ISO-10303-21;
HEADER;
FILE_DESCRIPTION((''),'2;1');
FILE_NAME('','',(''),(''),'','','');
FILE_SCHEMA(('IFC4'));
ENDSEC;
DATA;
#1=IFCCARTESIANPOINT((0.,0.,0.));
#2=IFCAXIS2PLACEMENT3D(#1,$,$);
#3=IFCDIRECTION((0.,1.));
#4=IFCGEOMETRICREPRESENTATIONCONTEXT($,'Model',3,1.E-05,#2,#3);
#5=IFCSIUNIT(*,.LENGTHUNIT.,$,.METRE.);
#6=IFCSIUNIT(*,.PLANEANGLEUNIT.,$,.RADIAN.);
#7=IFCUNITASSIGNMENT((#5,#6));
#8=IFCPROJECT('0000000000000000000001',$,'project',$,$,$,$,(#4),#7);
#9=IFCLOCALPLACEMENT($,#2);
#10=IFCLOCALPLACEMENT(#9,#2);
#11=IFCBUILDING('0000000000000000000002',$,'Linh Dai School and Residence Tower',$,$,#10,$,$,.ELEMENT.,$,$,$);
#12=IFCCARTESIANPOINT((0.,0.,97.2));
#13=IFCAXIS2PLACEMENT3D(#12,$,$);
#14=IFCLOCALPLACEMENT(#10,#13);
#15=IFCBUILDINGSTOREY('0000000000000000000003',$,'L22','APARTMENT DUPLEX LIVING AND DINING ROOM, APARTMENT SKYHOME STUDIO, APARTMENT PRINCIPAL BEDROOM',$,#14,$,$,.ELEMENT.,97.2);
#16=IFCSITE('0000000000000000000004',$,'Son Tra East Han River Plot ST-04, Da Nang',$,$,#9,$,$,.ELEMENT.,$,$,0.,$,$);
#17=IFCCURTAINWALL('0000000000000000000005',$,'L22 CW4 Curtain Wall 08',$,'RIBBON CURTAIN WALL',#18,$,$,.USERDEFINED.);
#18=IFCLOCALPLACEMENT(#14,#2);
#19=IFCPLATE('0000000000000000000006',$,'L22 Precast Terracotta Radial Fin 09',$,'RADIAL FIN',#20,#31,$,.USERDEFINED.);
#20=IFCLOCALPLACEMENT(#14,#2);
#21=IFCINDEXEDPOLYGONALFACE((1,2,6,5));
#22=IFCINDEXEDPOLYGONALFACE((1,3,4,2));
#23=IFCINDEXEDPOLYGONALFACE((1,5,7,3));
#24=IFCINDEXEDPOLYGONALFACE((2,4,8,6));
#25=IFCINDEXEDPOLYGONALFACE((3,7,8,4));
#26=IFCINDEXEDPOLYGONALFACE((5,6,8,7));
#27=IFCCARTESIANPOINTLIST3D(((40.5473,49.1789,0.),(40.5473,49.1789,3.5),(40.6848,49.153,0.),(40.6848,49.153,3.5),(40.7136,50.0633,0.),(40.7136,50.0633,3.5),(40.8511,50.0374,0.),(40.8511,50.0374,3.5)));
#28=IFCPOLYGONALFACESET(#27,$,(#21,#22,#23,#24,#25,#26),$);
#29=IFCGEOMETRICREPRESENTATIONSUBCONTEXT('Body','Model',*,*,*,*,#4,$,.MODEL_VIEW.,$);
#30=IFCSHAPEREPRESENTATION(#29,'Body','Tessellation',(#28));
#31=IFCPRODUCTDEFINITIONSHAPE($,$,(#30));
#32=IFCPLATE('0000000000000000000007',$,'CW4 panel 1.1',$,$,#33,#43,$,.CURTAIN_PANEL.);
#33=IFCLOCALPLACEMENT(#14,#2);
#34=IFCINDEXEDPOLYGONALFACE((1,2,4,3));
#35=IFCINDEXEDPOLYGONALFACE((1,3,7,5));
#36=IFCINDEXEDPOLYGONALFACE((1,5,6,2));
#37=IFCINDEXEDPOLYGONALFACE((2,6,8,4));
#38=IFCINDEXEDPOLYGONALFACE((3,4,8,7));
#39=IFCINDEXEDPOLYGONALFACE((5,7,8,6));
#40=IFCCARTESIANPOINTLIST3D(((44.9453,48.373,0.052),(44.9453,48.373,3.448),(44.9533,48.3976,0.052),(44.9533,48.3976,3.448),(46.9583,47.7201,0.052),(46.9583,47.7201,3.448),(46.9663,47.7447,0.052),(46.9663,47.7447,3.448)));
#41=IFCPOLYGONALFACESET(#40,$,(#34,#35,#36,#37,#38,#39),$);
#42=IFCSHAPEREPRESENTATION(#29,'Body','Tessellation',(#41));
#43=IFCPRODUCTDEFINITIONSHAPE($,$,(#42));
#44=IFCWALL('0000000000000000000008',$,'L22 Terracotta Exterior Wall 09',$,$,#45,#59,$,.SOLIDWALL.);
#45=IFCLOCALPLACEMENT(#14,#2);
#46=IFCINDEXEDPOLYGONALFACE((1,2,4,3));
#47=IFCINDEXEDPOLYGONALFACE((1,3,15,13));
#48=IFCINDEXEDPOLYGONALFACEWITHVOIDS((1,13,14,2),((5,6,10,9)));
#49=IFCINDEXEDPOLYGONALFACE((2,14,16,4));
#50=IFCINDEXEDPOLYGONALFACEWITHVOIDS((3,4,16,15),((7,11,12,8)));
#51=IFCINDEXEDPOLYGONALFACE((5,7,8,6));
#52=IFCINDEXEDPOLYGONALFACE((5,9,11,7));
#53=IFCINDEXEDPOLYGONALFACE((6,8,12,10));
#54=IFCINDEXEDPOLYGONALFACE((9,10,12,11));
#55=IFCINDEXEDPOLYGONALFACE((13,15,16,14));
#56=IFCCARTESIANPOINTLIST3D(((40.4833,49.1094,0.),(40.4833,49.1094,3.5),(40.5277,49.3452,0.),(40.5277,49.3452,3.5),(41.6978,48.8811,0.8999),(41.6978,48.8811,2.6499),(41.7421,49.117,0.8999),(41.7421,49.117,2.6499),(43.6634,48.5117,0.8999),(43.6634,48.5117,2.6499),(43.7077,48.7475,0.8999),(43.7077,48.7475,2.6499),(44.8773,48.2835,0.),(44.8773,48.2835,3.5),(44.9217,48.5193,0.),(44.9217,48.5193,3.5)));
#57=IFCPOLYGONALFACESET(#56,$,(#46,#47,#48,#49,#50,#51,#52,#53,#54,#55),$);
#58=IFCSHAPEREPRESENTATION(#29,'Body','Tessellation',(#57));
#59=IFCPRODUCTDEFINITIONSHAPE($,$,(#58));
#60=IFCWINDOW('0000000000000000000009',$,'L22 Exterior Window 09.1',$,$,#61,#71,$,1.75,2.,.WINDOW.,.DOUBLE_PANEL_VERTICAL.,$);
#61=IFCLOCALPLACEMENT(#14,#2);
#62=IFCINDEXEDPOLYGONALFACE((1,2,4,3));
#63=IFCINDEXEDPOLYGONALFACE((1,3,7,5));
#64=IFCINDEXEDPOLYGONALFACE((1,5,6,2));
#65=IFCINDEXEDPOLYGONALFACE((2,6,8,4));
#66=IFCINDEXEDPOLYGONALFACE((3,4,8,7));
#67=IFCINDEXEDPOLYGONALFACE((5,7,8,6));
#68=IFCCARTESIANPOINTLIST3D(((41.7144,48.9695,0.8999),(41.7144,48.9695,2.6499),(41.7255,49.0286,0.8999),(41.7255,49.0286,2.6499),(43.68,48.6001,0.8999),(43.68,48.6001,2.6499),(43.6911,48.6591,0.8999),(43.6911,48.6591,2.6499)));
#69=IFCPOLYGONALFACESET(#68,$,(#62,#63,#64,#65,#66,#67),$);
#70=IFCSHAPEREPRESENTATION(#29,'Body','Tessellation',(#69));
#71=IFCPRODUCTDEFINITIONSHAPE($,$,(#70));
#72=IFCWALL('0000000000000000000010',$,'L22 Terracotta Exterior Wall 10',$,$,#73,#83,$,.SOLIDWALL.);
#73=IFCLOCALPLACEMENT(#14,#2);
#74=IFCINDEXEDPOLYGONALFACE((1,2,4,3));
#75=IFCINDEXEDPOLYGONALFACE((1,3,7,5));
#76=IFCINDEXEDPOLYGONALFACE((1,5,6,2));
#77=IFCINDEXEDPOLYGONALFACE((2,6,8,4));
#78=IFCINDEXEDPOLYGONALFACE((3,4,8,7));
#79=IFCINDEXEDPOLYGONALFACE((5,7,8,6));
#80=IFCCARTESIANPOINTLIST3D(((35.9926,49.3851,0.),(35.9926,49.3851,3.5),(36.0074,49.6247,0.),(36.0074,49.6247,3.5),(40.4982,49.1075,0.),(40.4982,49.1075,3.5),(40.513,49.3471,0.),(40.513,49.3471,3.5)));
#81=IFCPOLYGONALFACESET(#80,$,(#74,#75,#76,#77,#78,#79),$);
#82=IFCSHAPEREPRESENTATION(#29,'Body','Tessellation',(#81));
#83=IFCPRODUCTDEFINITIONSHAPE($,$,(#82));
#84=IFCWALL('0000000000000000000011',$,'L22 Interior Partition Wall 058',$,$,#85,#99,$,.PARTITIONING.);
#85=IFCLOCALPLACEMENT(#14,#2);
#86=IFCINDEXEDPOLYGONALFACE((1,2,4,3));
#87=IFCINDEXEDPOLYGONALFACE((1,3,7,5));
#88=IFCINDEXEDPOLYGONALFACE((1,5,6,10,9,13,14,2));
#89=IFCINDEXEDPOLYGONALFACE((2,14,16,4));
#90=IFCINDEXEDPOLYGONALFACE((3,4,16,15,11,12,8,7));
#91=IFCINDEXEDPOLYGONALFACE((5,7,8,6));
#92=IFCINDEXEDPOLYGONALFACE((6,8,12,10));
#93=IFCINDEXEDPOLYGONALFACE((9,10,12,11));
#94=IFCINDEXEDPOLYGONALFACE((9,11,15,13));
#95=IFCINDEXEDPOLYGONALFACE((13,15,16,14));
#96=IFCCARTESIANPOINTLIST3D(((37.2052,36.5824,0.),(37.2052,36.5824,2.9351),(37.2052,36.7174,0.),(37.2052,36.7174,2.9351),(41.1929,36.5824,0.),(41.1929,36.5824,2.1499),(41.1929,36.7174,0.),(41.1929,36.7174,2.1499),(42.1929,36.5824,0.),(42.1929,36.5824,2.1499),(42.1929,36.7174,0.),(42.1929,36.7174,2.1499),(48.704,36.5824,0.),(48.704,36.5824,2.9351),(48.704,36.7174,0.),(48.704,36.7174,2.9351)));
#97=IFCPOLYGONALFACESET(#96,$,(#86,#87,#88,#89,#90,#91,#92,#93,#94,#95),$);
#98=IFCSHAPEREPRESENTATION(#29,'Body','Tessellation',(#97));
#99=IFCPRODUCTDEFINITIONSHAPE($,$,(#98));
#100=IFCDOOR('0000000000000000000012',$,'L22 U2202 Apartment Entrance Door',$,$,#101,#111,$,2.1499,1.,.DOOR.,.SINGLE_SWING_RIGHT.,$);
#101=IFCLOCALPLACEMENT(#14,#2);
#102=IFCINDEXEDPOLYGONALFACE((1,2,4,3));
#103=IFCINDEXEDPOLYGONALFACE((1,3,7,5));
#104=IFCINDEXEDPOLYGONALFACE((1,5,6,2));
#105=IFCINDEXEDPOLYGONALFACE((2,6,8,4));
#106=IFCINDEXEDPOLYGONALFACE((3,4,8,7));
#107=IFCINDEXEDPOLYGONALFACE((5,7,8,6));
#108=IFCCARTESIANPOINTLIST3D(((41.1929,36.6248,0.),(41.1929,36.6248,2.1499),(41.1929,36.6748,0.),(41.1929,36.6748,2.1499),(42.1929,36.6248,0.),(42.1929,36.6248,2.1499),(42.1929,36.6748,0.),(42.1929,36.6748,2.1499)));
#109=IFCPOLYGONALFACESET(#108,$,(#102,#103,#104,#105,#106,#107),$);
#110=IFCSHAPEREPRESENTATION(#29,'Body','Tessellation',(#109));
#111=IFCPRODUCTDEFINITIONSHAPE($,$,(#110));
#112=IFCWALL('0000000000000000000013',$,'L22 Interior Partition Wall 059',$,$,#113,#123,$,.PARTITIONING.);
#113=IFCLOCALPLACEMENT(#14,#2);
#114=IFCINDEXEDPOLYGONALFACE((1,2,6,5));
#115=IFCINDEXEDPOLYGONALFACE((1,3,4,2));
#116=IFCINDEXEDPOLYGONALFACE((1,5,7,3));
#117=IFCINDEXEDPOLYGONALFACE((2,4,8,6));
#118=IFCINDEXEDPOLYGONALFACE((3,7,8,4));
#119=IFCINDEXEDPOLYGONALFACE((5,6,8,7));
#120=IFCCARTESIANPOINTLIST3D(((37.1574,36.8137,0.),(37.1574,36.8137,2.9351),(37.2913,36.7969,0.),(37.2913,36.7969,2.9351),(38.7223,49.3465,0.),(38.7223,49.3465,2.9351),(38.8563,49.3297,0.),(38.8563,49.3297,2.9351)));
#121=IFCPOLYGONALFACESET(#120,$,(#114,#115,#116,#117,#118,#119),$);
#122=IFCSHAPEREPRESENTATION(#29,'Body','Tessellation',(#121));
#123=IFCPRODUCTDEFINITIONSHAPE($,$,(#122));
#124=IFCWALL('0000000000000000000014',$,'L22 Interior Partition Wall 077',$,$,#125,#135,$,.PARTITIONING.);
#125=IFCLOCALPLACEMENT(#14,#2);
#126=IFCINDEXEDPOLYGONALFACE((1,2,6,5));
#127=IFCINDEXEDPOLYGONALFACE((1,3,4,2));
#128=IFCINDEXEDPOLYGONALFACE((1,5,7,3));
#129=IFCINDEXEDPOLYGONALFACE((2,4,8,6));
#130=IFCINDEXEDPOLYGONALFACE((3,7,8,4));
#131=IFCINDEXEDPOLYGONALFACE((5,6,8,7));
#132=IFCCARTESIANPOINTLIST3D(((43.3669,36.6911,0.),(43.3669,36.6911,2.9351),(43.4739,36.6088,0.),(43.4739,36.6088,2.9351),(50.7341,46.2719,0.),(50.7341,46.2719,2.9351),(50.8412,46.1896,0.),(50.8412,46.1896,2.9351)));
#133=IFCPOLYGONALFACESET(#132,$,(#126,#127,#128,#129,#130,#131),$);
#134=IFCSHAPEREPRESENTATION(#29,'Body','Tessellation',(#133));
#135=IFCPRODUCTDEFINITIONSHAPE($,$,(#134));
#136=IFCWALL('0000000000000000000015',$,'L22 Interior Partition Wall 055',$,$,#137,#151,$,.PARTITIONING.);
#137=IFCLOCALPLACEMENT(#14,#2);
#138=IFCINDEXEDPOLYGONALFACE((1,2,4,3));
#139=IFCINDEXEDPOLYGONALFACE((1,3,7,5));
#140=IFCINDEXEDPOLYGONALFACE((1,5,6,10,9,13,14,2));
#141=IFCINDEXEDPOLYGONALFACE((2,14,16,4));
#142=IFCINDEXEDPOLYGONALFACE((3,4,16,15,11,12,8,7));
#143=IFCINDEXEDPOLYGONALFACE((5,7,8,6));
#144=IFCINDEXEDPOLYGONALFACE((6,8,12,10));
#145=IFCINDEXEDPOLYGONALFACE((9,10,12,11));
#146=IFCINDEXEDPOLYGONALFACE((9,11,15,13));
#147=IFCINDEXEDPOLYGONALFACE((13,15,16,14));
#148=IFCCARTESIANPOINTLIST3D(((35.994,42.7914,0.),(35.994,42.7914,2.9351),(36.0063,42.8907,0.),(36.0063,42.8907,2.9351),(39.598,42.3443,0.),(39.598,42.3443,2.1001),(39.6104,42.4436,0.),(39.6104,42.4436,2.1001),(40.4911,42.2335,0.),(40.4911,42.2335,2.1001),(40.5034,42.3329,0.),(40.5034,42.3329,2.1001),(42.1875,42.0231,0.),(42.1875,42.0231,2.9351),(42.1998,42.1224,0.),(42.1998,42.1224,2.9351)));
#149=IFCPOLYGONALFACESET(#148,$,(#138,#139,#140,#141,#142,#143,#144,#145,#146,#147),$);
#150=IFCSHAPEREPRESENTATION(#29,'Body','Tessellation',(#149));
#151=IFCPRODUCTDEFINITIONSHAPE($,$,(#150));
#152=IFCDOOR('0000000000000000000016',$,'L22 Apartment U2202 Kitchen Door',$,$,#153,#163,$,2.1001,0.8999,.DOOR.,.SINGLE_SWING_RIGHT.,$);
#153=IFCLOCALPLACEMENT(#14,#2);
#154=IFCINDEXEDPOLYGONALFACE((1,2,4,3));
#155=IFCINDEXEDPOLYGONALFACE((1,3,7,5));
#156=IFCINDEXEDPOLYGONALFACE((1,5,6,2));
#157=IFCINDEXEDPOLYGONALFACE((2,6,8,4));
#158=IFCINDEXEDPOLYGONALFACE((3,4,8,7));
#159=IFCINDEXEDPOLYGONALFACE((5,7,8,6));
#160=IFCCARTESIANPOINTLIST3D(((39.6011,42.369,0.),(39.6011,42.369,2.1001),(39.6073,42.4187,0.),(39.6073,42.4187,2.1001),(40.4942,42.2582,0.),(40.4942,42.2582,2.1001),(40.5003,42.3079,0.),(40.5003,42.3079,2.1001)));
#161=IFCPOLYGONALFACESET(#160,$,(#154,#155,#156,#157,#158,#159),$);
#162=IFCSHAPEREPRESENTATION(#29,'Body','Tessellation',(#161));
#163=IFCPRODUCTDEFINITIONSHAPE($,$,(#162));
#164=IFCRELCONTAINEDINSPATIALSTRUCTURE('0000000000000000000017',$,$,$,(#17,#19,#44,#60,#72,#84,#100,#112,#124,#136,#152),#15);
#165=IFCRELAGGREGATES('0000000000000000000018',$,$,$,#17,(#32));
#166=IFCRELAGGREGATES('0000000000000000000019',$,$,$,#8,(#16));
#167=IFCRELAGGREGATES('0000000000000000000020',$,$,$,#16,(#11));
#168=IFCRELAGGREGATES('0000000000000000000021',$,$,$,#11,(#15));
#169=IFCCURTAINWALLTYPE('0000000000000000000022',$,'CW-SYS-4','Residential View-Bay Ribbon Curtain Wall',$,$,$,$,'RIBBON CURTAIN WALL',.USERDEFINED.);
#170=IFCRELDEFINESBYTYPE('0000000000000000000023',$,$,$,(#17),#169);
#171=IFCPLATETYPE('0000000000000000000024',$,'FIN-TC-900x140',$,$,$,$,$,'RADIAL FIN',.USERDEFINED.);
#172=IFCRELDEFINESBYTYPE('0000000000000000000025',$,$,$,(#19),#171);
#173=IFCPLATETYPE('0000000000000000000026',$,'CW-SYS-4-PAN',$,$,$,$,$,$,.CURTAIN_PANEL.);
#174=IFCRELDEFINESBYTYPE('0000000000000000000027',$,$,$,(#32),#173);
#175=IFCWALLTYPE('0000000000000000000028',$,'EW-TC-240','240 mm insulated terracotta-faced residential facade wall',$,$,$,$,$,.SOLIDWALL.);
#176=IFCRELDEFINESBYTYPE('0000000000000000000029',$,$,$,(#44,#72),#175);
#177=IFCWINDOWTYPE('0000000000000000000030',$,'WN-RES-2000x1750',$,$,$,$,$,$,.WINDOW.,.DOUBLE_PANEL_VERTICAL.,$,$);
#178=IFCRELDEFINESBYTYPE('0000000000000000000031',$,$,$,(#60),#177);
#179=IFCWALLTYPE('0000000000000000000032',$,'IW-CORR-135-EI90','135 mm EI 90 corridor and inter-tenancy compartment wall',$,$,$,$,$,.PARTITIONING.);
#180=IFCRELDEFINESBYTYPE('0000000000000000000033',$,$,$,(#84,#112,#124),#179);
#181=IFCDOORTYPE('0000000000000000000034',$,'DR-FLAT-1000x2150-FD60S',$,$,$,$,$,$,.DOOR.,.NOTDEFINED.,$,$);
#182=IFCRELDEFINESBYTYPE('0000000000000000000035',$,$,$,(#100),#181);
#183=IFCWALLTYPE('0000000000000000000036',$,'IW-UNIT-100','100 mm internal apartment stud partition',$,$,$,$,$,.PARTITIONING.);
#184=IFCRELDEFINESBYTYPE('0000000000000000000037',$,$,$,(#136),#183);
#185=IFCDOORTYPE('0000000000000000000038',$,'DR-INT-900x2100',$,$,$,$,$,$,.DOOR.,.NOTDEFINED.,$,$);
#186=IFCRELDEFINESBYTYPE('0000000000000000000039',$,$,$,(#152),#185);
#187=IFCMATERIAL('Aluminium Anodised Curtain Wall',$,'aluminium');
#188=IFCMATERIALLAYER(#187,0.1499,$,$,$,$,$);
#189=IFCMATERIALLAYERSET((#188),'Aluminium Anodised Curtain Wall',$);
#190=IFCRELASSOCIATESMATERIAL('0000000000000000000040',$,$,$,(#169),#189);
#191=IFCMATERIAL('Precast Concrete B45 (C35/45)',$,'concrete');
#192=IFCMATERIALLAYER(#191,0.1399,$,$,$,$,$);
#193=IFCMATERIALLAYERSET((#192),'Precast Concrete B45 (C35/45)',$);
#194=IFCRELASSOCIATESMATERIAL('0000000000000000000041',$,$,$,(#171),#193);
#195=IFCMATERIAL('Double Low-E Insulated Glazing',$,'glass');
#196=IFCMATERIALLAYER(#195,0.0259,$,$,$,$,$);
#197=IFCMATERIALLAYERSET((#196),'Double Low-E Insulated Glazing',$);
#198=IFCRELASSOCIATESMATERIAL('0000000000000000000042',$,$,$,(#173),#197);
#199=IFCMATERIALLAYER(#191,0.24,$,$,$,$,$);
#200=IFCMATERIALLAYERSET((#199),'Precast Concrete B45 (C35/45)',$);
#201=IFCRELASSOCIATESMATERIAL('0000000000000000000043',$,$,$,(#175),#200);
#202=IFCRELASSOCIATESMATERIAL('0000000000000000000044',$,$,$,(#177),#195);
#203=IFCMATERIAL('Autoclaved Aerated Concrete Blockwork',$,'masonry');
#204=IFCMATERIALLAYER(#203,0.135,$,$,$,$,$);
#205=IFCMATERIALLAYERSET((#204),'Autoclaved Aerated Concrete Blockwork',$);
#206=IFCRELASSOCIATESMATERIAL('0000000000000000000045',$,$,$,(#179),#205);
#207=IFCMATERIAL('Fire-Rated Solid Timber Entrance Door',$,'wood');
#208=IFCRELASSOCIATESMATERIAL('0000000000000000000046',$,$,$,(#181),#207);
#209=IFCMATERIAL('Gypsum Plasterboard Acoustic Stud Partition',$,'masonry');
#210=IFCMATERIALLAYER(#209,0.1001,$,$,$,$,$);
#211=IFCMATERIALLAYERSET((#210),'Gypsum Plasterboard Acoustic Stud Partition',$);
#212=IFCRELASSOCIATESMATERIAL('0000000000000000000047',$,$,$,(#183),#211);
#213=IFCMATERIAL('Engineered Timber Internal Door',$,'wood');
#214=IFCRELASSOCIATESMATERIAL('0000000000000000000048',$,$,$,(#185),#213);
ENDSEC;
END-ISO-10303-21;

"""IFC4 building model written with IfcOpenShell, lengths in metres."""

from ifc_helpers import new_model, si_unit, direction, frame, frame_2d, origin, origin_2d, place, context, subcontext, project, spatial, rectangle, extrude, source, transform, mapped, material, layer, layer_set, type_object, element, fill, aggregate, save


model = new_model("IFC4")

# Units and contexts
model_context = context("Model", 3, precision=1e-05, world=origin(), true_north=direction((0.0, 1.0)))
body_context = subcontext(model_context, "Body", "Model", "MODEL_VIEW")
ifc_project = project(units=[si_unit("LENGTHUNIT", "METRE"), si_unit("PLANEANGLEUNIT", "RADIAN")], contexts=[model_context])

# Site, building, storey
site_placement = place(None, origin())
site = spatial("IfcSite", under=ifc_project, at=site_placement, Name="Son Tra East Han River Plot ST-04, Da Nang", CompositionType="ELEMENT", RefElevation=0.0)
building_placement = place(site_placement, origin())
building = spatial("IfcBuilding", under=site, at=building_placement, Name="Linh Dai School and Residence Tower", CompositionType="ELEMENT")
storey_placement = place(building_placement, frame((0.0, 0.0, 97.2)))
storey = spatial("IfcBuildingStorey", under=building, at=storey_placement, Name="L22", Description="APARTMENT DUPLEX LIVING AND DINING ROOM, APARTMENT SKYHOME STUDIO, APARTMENT PRINCIPAL BEDROOM", CompositionType="ELEMENT", Elevation=97.2)

# Curtain wall
ifc_material_1 = material(Name="Aluminium Anodised Curtain Wall", Category="aluminium")
ifc_layer_1 = layer(ifc_material_1, 0.1499)
ifc_layer_set_1 = layer_set([ifc_layer_1], Name="Aluminium Anodised Curtain Wall")
curtain_wall_type = type_object("IfcCurtainWallType", Name="CW-SYS-4", Description="Residential View-Bay Ribbon Curtain Wall", ElementType="RIBBON CURTAIN WALL", PredefinedType="USERDEFINED", material=ifc_layer_set_1)
curtain_wall_placement = place(storey_placement, origin())
curtain_wall = element("IfcCurtainWall", 1, at=curtain_wall_placement, inside=storey, type_object=curtain_wall_type, Name="L22 CW4 Curtain Wall 08", ObjectType="RIBBON CURTAIN WALL", PredefinedType="USERDEFINED")

# Plate
ifc_material_2 = material(Name="Precast Concrete B45 (C35/45)", Category="concrete")
ifc_layer_2 = layer(ifc_material_2, 0.1399)
ifc_layer_set_2 = layer_set([ifc_layer_2], Name="Precast Concrete B45 (C35/45)")
plate_type_1 = type_object("IfcPlateType", Name="FIN-TC-900x140", ElementType="RADIAL FIN", PredefinedType="USERDEFINED", material=ifc_layer_set_2)
shared_shape_1 = source(origin(), body_context, "Body", "SweptSolid", [
    extrude(rectangle(XDim=0.8999, YDim=0.1399, at=origin_2d()), origin(), (0.0, 0.0, 1.0), 3.5),
])
plate_1_placement = place(storey_placement, frame((40.6992, 49.6082, 0.0), z_axis=(0.0, 0.0, 1.0), x_axis=(0.184755, 0.982785, 0.0)))
element("IfcPlate", 2, at=plate_1_placement, inside=storey, type_object=plate_type_1, Name="L22 Precast Terracotta Radial Fin 09", ObjectType="RADIAL FIN", PredefinedType="USERDEFINED", context=body_context, shape_type="MappedRepresentation", body=[
    mapped(shared_shape_1, transform((0.0, 0.0, 0.0), x_axis=(1.0, 0.0, 0.0), y_axis=(0.0, 1.0, 0.0), z_axis=(0.0, 0.0, 1.0), scale=1.0)),
])

# Plate
ifc_material_3 = material(Name="Double Low-E Insulated Glazing", Category="glass")
ifc_layer_3 = layer(ifc_material_3, 0.0259)
ifc_layer_set_3 = layer_set([ifc_layer_3], Name="Double Low-E Insulated Glazing")
plate_type_2 = type_object("IfcPlateType", Name="CW-SYS-4-PAN", PredefinedType="CURTAIN_PANEL", material=ifc_layer_set_3)
shared_shape_2 = source(origin(), body_context, "Body", "SweptSolid", [
    extrude(rectangle(XDim=2.1162, YDim=0.0259, at=origin_2d()), origin(), (0.0, 0.0, 1.0), 3.396),
])
plate_2_placement = place(storey_placement, frame((45.9558, 48.0588, 0.052), z_axis=(0.0, 0.0, 1.0), x_axis=(0.951217, -0.308522, 0.0)))
plate_2 = element("IfcPlate", 3, at=plate_2_placement, type_object=plate_type_2, Name="CW4 panel 1.1", PredefinedType="CURTAIN_PANEL", context=body_context, shape_type="MappedRepresentation", body=[
    mapped(shared_shape_2, transform((0.0, 0.0, 0.0), x_axis=(1.0, 0.0, 0.0), y_axis=(0.0, 1.0, 0.0), z_axis=(0.0, 0.0, 1.0), scale=1.0)),
])
aggregate(curtain_wall, [plate_2])

# Wall, opening, window
ifc_layer_4 = layer(ifc_material_2, 0.24)
ifc_layer_set_4 = layer_set([ifc_layer_4], Name="Precast Concrete B45 (C35/45)")
wall_type_1 = type_object("IfcWallType", Name="EW-TC-240", Description="240 mm insulated terracotta-faced residential facade wall", PredefinedType="SOLIDWALL", material=ifc_layer_set_4)
wall_1_placement = place(storey_placement, frame((40.5056, 49.2273, 0.0), z_axis=(0.0, 0.0, 1.0), x_axis=(0.982789, -0.18473, 0.0)))
wall_1 = element("IfcWall", 4, at=wall_1_placement, inside=storey, type_object=wall_type_1, Name="L22 Terracotta Exterior Wall 09", PredefinedType="SOLIDWALL", context=body_context, shape_type="SweptSolid", body=[
    extrude(rectangle(XDim=4.4709, YDim=0.24, at=frame_2d((2.2354, 0.0))), origin(), (0.0, 0.0, 1.0), 3.5),
])
opening_1_placement = place(wall_1_placement, frame((1.2356, 0.0, 0.8999)))
opening_1 = element("IfcOpeningElement", 5, at=opening_1_placement, cuts=wall_1, PredefinedType="OPENING", context=body_context, shape_type="SweptSolid", body=[
    extrude(rectangle(XDim=2.0, YDim=1.75, at=origin_2d()), frame((1.0, 0.1299, 0.875), z_axis=(0.0, -1.0, 0.0), x_axis=(1.0, 0.0, 0.0)), (0.0, 0.0, 1.0), 0.26),
])
window_type = type_object("IfcWindowType", Name="WN-RES-2000x1750", PartitioningType="DOUBLE_PANEL_VERTICAL", PredefinedType="WINDOW", material=ifc_material_3)
shared_shape_3 = source(origin(), body_context, "Body", "SweptSolid", [
    extrude(rectangle(XDim=2.0, YDim=1.75, at=origin_2d()), frame((1.0, 0.03, 0.875), z_axis=(0.0, -1.0, 0.0), x_axis=(1.0, 0.0, 0.0)), (0.0, 0.0, 1.0), 0.0601),
])
window_placement = place(opening_1_placement, origin())
window = element("IfcWindow", 6, at=window_placement, inside=storey, type_object=window_type, Name="L22 Exterior Window 09.1", OverallHeight=1.75, OverallWidth=2.0, PartitioningType="DOUBLE_PANEL_VERTICAL", PredefinedType="WINDOW", context=body_context, shape_type="MappedRepresentation", body=[
    mapped(shared_shape_3, transform((0.0, 0.0, 0.0), x_axis=(1.0, 0.0, 0.0), y_axis=(0.0, 1.0, 0.0), z_axis=(0.0, 0.0, 1.0), scale=1.0)),
])
fill(opening_1, window)

# Wall
wall_2_placement = place(storey_placement, frame((36.0, 49.5049, 0.0), z_axis=(0.0, 0.0, 1.0), x_axis=(0.998108, -0.061493, 0.0)))
element("IfcWall", 7, at=wall_2_placement, inside=storey, type_object=wall_type_1, Name="L22 Terracotta Exterior Wall 10", PredefinedType="SOLIDWALL", context=body_context, shape_type="SweptSolid", body=[
    extrude(rectangle(XDim=4.5142, YDim=0.24, at=frame_2d((2.2571, 0.0))), origin(), (0.0, 0.0, 1.0), 3.5),
])

# Wall, opening, door
ifc_material_4 = material(Name="Autoclaved Aerated Concrete Blockwork", Category="masonry")
ifc_layer_5 = layer(ifc_material_4, 0.135)
ifc_layer_set_5 = layer_set([ifc_layer_5], Name="Autoclaved Aerated Concrete Blockwork")
wall_type_2 = type_object("IfcWallType", Name="IW-CORR-135-EI90", Description="135 mm EI 90 corridor and inter-tenancy compartment wall", PredefinedType="PARTITIONING", material=ifc_layer_set_5)
wall_3_placement = place(storey_placement, frame((37.2051, 36.6499, 0.0), z_axis=(0.0, 0.0, 1.0), x_axis=(1.0, 0.0, 0.0)))
wall_3 = element("IfcWall", 8, at=wall_3_placement, inside=storey, type_object=wall_type_2, Name="L22 Interior Partition Wall 058", PredefinedType="PARTITIONING", context=body_context, shape_type="SweptSolid", body=[
    extrude(rectangle(XDim=11.4988, YDim=0.135, at=frame_2d((5.7495, 0.0))), origin(), (0.0, 0.0, 1.0), 2.9351),
])
opening_2_placement = place(wall_3_placement, frame((3.9878, 0.0, 0.0)))
opening_2 = element("IfcOpeningElement", 9, at=opening_2_placement, cuts=wall_3, PredefinedType="OPENING", context=body_context, shape_type="SweptSolid", body=[
    extrude(rectangle(XDim=1.0, YDim=2.1499, at=origin_2d()), frame((0.5, 0.0776, 1.075), z_axis=(0.0, -1.0, 0.0), x_axis=(1.0, 0.0, 0.0)), (0.0, 0.0, 1.0), 0.155),
])
ifc_material_5 = material(Name="Fire-Rated Solid Timber Entrance Door", Category="wood")
door_type_1 = type_object("IfcDoorType", Name="DR-FLAT-1000x2150-FD60S", OperationType="NOTDEFINED", PredefinedType="DOOR", material=ifc_material_5)
shared_shape_4 = source(origin(), body_context, "Body", "SweptSolid", [
    extrude(rectangle(XDim=1.0, YDim=2.1499, at=origin_2d()), frame((0.5, 0.0249, 1.075), z_axis=(0.0, -1.0, 0.0), x_axis=(1.0, 0.0, 0.0)), (0.0, 0.0, 1.0), 0.05),
])
door_1_placement = place(opening_2_placement, origin())
door_1 = element("IfcDoor", 10, at=door_1_placement, inside=storey, type_object=door_type_1, Name="L22 U2202 Apartment Entrance Door", OperationType="SINGLE_SWING_RIGHT", OverallHeight=2.1499, OverallWidth=1.0, PredefinedType="DOOR", context=body_context, shape_type="MappedRepresentation", body=[
    mapped(shared_shape_4, transform((0.0, 0.0, 0.0), x_axis=(1.0, 0.0, 0.0), y_axis=(0.0, 1.0, 0.0), z_axis=(0.0, 0.0, 1.0), scale=1.0)),
])
fill(opening_2, door_1)

# Walls
wall_4_placement = place(storey_placement, frame((37.2244, 36.8054, 0.0), z_axis=(0.0, 0.0, 1.0), x_axis=(0.123906, 0.992294, 0.0)))
element("IfcWall", 11, at=wall_4_placement, inside=storey, type_object=wall_type_2, Name="L22 Interior Partition Wall 059", PredefinedType="PARTITIONING", context=body_context, shape_type="SweptSolid", body=[
    extrude(rectangle(XDim=12.6301, YDim=0.135, at=frame_2d((6.3149, 0.0))), origin(), (0.0, 0.0, 1.0), 2.9351),
])
wall_5_placement = place(storey_placement, frame((43.4204, 36.6499, 0.0), z_axis=(0.0, 0.0, 1.0), x_axis=(0.609572, 0.792731, 0.0)))
element("IfcWall", 12, at=wall_5_placement, inside=storey, type_object=wall_type_2, Name="L22 Interior Partition Wall 077", PredefinedType="PARTITIONING", context=body_context, shape_type="SweptSolid", body=[
    extrude(rectangle(XDim=12.0859, YDim=0.135, at=frame_2d((6.043, 0.0))), origin(), (0.0, 0.0, 1.0), 2.9351),
])

# Wall, opening, door
ifc_material_6 = material(Name="Gypsum Plasterboard Acoustic Stud Partition", Category="masonry")
ifc_layer_6 = layer(ifc_material_6, 0.1001)
ifc_layer_set_6 = layer_set([ifc_layer_6], Name="Gypsum Plasterboard Acoustic Stud Partition")
wall_type_3 = type_object("IfcWallType", Name="IW-UNIT-100", Description="100 mm internal apartment stud partition", PredefinedType="PARTITIONING", material=ifc_layer_set_6)
wall_6_placement = place(storey_placement, frame((36.0, 42.8411, 0.0), z_axis=(0.0, 0.0, 1.0), x_axis=(0.992394, -0.123105, 0.0)))
wall_6 = element("IfcWall", 13, at=wall_6_placement, inside=storey, type_object=wall_type_3, Name="L22 Interior Partition Wall 055", PredefinedType="PARTITIONING", context=body_context, shape_type="SweptSolid", body=[
    extrude(rectangle(XDim=6.241, YDim=0.1001, at=frame_2d((3.1206, 0.0))), origin(), (0.0, 0.0, 1.0), 2.9351),
])
opening_3_placement = place(wall_6_placement, frame((3.6318, 0.0, 0.0)))
opening_3 = element("IfcOpeningElement", 14, at=opening_3_placement, cuts=wall_6, PredefinedType="OPENING", context=body_context, shape_type="SweptSolid", body=[
    extrude(rectangle(XDim=0.8999, YDim=2.1001, at=origin_2d()), frame((0.45, 0.0601, 1.05), z_axis=(0.0, -1.0, 0.0), x_axis=(1.0, 0.0, 0.0)), (0.0, 0.0, 1.0), 0.1201),
])
ifc_material_7 = material(Name="Engineered Timber Internal Door", Category="wood")
door_type_2 = type_object("IfcDoorType", Name="DR-INT-900x2100", OperationType="NOTDEFINED", PredefinedType="DOOR", material=ifc_material_7)
shared_shape_5 = source(origin(), body_context, "Body", "SweptSolid", [
    extrude(rectangle(XDim=0.8999, YDim=2.1001, at=origin_2d()), frame((0.45, 0.0249, 1.05), z_axis=(0.0, -1.0, 0.0), x_axis=(1.0, 0.0, 0.0)), (0.0, 0.0, 1.0), 0.05),
])
door_2_placement = place(opening_3_placement, origin())
door_2 = element("IfcDoor", 15, at=door_2_placement, inside=storey, type_object=door_type_2, Name="L22 Apartment U2202 Kitchen Door", OperationType="SINGLE_SWING_RIGHT", OverallHeight=2.1001, OverallWidth=0.8999, PredefinedType="DOOR", context=body_context, shape_type="MappedRepresentation", body=[
    mapped(shared_shape_5, transform((0.0, 0.0, 0.0), x_axis=(1.0, 0.0, 0.0), y_axis=(0.0, 1.0, 0.0), z_axis=(0.0, 0.0, 1.0), scale=1.0)),
])
fill(opening_3, door_2)

save(model, "model.ifc")
